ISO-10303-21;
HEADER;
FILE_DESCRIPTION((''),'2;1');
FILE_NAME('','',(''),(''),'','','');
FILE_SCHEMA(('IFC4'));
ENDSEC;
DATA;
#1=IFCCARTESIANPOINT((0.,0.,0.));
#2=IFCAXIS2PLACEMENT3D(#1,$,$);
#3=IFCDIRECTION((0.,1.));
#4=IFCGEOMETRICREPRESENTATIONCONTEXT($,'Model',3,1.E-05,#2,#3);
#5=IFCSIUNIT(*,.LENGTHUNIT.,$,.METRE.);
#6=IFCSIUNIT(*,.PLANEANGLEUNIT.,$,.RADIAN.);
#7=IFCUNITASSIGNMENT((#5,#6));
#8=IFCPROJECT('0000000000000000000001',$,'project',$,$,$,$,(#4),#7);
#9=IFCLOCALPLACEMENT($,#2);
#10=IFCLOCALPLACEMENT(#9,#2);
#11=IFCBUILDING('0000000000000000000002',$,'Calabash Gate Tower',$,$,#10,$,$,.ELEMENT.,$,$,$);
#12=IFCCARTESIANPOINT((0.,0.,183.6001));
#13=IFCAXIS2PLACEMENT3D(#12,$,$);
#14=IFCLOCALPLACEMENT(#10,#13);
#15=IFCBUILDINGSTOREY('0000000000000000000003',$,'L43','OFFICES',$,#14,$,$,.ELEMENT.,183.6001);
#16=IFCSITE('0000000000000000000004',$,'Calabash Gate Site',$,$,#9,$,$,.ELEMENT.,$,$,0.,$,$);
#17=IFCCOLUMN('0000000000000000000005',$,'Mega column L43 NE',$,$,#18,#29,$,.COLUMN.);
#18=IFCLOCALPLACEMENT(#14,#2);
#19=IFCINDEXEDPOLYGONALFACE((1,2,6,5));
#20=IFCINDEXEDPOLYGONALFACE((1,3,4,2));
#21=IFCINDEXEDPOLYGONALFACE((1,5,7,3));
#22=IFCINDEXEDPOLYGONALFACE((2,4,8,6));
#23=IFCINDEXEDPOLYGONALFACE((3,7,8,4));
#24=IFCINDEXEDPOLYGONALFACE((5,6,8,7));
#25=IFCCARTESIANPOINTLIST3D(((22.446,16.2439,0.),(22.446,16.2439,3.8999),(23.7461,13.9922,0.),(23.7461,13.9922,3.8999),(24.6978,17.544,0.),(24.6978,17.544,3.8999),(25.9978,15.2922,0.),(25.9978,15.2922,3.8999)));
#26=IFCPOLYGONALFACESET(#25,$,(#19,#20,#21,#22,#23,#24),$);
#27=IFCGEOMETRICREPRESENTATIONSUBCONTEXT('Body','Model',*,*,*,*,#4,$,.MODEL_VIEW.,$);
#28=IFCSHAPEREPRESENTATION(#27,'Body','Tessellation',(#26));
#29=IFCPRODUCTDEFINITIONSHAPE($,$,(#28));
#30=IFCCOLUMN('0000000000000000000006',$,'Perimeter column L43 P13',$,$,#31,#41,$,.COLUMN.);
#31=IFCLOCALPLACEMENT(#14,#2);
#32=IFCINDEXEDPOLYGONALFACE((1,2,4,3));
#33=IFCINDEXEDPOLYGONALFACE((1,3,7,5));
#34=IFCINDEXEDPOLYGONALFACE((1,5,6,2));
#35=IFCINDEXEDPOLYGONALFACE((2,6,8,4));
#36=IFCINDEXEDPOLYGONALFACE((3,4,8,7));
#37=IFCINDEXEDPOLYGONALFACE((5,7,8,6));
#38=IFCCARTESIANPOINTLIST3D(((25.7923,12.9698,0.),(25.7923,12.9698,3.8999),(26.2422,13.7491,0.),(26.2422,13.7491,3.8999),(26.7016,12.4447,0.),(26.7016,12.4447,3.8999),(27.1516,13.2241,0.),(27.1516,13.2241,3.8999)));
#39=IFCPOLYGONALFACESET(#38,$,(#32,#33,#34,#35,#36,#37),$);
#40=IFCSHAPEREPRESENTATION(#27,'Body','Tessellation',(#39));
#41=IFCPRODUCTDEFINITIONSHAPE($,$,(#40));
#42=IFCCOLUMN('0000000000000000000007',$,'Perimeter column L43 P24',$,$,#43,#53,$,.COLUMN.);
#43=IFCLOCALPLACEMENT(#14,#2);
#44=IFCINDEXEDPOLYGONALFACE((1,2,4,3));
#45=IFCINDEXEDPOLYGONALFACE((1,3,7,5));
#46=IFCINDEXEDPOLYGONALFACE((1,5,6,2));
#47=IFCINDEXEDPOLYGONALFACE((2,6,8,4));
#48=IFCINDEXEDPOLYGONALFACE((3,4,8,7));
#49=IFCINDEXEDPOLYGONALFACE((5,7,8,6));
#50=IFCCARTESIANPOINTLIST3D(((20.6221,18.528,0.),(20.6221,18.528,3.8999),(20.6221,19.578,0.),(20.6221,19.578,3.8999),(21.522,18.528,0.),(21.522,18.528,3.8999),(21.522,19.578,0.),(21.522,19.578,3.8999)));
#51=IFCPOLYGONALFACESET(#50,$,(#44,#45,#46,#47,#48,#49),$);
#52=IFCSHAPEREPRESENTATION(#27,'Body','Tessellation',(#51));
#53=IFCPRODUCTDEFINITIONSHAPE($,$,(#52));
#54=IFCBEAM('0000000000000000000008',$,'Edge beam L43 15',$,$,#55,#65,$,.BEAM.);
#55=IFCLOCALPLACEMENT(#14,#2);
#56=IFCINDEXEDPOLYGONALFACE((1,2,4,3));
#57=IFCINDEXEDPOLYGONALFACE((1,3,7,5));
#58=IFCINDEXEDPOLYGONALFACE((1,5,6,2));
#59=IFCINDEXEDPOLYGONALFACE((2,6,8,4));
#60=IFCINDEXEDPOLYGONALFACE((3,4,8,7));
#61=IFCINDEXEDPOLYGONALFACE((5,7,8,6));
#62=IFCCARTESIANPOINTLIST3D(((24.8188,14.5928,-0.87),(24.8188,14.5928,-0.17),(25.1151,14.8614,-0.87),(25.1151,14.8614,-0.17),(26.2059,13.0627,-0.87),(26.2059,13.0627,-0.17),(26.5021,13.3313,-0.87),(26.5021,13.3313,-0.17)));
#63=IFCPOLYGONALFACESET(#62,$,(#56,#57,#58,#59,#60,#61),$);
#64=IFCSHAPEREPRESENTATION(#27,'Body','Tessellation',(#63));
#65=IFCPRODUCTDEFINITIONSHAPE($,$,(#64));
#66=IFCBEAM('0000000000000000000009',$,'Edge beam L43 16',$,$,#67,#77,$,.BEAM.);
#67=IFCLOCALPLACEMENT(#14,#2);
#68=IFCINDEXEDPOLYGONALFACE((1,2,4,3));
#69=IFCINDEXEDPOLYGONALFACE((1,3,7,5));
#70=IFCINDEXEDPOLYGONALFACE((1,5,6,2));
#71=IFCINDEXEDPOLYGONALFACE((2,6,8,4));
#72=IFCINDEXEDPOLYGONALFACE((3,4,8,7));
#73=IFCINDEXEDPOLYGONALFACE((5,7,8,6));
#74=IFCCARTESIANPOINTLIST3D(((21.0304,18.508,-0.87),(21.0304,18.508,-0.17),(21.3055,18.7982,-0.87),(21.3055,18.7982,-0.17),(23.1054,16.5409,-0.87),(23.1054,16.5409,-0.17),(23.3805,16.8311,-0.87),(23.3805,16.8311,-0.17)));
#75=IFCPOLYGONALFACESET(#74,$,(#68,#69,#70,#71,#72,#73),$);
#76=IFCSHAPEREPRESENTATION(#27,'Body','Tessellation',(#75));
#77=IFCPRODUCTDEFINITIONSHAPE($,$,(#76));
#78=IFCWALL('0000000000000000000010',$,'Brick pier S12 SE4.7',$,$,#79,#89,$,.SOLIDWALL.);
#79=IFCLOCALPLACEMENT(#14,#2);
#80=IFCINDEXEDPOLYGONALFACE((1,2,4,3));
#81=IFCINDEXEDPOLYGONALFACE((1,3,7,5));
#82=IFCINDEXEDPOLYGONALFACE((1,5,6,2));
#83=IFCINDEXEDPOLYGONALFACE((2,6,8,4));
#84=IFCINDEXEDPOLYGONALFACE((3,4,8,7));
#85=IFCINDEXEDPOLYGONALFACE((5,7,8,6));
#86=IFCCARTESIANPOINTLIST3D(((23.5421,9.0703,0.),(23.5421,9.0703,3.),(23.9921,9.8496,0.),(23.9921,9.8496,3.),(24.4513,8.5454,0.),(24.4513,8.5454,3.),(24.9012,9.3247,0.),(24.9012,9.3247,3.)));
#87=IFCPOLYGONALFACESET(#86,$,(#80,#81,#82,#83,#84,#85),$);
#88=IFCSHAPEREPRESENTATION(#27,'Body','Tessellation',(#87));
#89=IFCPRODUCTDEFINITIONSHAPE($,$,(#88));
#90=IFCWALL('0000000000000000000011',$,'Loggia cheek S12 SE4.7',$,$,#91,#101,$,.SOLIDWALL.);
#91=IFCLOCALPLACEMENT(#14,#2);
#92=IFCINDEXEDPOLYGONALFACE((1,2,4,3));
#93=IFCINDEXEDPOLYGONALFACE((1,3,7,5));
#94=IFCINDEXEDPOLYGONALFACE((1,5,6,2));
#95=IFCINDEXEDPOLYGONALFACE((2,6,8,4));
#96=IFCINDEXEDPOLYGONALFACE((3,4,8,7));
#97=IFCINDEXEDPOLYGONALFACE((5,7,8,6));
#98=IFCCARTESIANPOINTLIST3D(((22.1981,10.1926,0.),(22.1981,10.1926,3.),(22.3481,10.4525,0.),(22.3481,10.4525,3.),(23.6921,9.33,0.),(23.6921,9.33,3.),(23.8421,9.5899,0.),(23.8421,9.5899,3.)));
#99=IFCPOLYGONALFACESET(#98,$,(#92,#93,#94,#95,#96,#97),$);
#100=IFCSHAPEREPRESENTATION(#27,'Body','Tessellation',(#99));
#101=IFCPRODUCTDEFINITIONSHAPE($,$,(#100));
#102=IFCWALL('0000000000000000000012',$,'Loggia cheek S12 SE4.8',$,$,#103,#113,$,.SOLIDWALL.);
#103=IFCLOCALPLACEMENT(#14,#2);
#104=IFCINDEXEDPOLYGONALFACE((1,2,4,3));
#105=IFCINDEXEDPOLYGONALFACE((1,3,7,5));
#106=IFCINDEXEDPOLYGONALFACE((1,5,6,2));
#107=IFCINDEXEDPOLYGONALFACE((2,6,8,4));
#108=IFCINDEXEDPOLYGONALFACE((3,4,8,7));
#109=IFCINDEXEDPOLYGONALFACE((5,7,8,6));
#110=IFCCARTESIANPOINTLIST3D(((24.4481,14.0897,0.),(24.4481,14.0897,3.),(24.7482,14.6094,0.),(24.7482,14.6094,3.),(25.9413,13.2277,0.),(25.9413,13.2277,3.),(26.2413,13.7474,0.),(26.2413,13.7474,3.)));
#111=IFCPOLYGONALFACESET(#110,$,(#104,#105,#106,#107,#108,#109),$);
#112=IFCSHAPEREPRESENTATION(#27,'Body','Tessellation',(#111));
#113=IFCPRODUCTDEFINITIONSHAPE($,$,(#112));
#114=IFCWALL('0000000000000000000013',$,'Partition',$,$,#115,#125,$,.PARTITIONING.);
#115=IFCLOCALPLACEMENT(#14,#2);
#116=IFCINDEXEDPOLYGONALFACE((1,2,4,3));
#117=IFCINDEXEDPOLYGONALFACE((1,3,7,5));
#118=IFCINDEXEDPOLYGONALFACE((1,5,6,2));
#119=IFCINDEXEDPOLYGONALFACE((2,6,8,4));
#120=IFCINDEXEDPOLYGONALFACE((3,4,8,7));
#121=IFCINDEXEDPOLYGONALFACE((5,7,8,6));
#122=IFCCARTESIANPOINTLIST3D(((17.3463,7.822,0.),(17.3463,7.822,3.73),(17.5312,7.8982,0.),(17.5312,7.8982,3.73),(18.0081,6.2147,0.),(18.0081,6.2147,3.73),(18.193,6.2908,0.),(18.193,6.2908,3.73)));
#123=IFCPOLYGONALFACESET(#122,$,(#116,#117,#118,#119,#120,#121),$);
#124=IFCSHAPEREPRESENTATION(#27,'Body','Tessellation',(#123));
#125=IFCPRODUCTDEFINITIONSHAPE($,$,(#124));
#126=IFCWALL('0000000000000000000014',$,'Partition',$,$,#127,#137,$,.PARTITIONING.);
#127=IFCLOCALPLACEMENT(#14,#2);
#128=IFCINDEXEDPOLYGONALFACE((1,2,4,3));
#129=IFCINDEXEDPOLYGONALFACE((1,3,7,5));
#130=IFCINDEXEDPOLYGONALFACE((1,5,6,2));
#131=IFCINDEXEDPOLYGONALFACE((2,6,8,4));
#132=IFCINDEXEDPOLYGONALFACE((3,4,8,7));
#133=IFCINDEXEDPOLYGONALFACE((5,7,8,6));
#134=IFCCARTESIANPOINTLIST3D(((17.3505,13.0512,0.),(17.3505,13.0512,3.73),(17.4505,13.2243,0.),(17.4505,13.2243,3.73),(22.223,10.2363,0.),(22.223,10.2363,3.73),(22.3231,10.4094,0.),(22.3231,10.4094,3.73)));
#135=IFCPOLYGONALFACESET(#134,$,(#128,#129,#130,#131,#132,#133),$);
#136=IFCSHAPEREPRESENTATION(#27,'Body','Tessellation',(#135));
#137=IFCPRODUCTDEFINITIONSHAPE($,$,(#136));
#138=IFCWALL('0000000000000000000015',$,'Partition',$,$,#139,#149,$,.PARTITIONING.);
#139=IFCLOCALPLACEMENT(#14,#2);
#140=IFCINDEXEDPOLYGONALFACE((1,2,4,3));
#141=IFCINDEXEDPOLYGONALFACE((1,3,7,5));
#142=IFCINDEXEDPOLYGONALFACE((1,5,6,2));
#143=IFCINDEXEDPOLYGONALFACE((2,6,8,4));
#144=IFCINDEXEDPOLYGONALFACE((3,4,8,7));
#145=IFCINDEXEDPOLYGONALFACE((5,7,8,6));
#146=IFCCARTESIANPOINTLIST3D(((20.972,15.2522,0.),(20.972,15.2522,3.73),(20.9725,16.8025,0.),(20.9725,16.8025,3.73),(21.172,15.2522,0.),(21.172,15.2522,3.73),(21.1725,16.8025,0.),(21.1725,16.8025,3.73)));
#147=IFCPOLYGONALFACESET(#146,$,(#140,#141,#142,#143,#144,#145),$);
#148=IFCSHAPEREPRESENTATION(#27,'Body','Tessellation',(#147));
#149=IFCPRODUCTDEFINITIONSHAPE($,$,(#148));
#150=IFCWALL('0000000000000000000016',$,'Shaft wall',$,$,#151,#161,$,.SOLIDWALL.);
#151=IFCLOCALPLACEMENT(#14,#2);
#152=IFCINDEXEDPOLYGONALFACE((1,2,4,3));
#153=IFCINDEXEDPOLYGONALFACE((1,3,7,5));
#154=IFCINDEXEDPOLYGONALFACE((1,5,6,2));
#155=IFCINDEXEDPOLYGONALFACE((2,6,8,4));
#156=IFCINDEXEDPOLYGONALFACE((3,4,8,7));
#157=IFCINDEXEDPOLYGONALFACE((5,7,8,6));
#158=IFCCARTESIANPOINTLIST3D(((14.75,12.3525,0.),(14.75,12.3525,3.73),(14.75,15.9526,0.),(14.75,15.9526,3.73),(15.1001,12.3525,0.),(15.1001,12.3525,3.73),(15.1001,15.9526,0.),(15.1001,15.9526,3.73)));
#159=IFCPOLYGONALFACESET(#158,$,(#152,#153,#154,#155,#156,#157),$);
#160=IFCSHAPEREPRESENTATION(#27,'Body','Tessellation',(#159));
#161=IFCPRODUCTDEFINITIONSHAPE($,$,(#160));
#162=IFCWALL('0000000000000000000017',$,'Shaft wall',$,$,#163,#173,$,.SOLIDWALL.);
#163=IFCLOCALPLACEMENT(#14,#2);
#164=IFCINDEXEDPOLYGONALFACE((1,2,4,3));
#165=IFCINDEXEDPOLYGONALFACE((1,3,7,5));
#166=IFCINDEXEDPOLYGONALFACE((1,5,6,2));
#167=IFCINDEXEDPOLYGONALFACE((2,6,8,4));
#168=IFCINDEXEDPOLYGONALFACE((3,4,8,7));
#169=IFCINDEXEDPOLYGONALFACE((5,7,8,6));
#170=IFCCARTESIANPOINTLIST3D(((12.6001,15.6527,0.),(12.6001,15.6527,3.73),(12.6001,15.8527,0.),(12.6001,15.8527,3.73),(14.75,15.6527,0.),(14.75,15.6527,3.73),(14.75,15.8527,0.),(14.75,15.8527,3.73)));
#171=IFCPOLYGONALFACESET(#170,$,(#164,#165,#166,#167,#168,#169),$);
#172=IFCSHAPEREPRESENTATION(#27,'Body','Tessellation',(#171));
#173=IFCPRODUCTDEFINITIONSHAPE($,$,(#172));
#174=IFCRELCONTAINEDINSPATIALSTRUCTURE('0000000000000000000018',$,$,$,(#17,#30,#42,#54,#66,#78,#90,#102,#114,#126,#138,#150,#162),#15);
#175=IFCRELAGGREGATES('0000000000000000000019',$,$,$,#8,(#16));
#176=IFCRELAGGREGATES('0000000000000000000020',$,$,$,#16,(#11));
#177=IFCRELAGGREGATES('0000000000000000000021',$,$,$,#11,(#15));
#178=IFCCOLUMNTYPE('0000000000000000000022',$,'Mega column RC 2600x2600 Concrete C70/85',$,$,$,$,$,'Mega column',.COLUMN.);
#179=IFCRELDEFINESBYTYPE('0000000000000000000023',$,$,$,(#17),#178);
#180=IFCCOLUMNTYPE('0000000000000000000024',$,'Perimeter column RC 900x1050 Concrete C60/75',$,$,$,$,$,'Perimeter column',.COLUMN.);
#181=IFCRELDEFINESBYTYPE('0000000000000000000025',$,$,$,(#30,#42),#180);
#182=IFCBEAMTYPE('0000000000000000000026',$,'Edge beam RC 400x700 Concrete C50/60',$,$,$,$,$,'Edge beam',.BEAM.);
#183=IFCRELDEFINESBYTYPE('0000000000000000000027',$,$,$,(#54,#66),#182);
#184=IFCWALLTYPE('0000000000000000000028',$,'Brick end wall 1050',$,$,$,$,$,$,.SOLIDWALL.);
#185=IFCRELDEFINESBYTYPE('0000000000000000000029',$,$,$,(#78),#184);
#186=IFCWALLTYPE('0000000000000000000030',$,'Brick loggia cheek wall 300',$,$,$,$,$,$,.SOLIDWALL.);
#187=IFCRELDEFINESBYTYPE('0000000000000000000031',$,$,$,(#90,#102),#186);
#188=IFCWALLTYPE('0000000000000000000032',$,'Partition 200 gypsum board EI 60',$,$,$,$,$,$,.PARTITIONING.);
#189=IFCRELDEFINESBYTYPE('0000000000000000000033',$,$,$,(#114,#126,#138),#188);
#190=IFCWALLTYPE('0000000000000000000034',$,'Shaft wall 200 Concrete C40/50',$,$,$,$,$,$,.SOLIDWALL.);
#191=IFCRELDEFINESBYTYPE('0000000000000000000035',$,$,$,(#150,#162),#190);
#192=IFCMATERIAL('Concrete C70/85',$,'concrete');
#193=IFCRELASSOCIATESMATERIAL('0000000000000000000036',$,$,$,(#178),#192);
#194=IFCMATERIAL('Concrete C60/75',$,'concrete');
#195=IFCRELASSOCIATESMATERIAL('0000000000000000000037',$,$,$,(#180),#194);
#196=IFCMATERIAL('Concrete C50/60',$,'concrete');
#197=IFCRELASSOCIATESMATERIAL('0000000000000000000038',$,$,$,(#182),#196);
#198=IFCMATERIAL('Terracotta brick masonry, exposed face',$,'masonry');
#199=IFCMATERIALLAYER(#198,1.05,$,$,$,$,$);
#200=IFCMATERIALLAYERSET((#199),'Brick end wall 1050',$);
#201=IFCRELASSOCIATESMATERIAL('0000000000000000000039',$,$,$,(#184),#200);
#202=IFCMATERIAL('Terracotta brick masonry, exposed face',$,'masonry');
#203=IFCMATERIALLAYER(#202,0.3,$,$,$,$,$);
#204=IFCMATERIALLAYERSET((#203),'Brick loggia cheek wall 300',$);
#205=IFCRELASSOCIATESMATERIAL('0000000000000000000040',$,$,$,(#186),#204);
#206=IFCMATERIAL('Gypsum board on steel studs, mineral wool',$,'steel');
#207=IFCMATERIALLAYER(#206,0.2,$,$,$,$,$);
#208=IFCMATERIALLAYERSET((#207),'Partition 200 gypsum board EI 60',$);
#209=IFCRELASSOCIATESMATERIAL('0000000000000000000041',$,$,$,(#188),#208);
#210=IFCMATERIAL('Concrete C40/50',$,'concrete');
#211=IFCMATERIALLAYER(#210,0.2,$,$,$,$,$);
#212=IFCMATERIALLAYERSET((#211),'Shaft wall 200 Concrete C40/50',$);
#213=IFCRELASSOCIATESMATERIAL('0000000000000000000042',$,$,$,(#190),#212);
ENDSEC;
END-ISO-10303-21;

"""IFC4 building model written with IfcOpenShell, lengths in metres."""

from ifc_helpers import new_model, si_unit, direction, frame, frame_2d, origin, origin_2d, place, context, subcontext, project, spatial, rectangle, extrude, material, layer, layer_set, material_profile, profile_set, type_object, element, save


model = new_model("IFC4")

# Units and contexts
model_context = context("Model", 3, precision=1e-05, world=origin(), true_north=direction((0.0, 1.0)))
body_context = subcontext(model_context, "Body", "Model", "MODEL_VIEW")
ifc_project = project(units=[si_unit("LENGTHUNIT", "METRE"), si_unit("PLANEANGLEUNIT", "RADIAN")], contexts=[model_context])

# Site, building, storey
site_placement = place(None, origin())
site = spatial("IfcSite", under=ifc_project, at=site_placement, Name="Calabash Gate Site", CompositionType="ELEMENT", RefElevation=0.0)
building_placement = place(site_placement, origin())
building = spatial("IfcBuilding", under=site, at=building_placement, Name="Calabash Gate Tower", CompositionType="ELEMENT")
storey_placement = place(building_placement, frame((0.0, 0.0, 183.6001)))
storey = spatial("IfcBuildingStorey", under=building, at=storey_placement, Name="L43", Description="OFFICES", CompositionType="ELEMENT", Elevation=183.6001)

# Columns
ifc_material_1 = material(Name="Concrete C70/85", Category="concrete")
ifc_material_profile_1 = material_profile(ifc_material_1, rectangle(XDim=2.6001, YDim=2.6001, at=origin_2d()))
ifc_profile_set_1 = profile_set([ifc_material_profile_1], Name="Concrete C70/85")
column_type_1 = type_object("IfcColumnType", Name="Mega column RC 2600x2600 Concrete C70/85", ElementType="Mega column", PredefinedType="COLUMN", material=ifc_profile_set_1)
column_placement = place(storey_placement, frame((24.2219, 15.7681, 0.0), z_axis=(0.0, 0.0, 1.0), x_axis=(-0.866025, -0.5, 0.0)))
element("IfcColumn", 1, at=column_placement, inside=storey, type_object=column_type_1, Name="Mega column L43 NE", PredefinedType="COLUMN", context=body_context, shape_type="SweptSolid", body=[
    extrude(rectangle(XDim=2.6001, YDim=2.6001, at=origin_2d()), origin(), (0.0, 0.0, 1.0), 3.8999),
])
ifc_material_2 = material(Name="Concrete C60/75", Category="concrete")
ifc_material_profile_2 = material_profile(ifc_material_2, rectangle(XDim=0.8999, YDim=1.05, at=origin_2d()))
ifc_profile_set_2 = profile_set([ifc_material_profile_2], Name="Concrete C60/75")
column_type_2 = type_object("IfcColumnType", Name="Perimeter column RC 900x1050 Concrete C60/75", ElementType="Perimeter column", PredefinedType="COLUMN", material=ifc_profile_set_2)
for number, where, z_axis, x_axis, name in (
    (2, (26.4719, 13.0969, 0.0), (0.0, 0.0, 1.0), (0.5, 0.866025, 0.0), "Perimeter column L43 P13"),
    (3, (21.072, 19.053, 0.0), (0.0, 0.0, 1.0), (-1.0, 0.0, 0.0), "Perimeter column L43 P24"),
):
    element("IfcColumn", number, at=place(storey_placement, frame(where, z_axis=z_axis, x_axis=x_axis)), inside=storey, type_object=column_type_2, Name=name, PredefinedType="COLUMN", context=body_context, shape_type="SweptSolid", body=[
        extrude(rectangle(XDim=0.8999, YDim=1.05, at=origin_2d()), origin(), (0.0, 0.0, 1.0), 3.8999),
    ])

# Beams
ifc_material_3 = material(Name="Concrete C50/60", Category="concrete")
ifc_material_profile_3 = material_profile(ifc_material_3, rectangle(XDim=0.3999, YDim=0.7, at=origin_2d()))
ifc_profile_set_3 = profile_set([ifc_material_profile_3], Name="Concrete C50/60")
beam_type = type_object("IfcBeamType", Name="Edge beam RC 400x700 Concrete C50/60", ElementType="Edge beam", PredefinedType="BEAM", material=ifc_profile_set_3)
beam_1_placement = place(storey_placement, frame((26.354, 13.197, -0.52), z_axis=(-0.671619, 0.740897, 0.0), x_axis=(-0.740897, -0.671619, 0.0)))
element("IfcBeam", 4, at=beam_1_placement, inside=storey, type_object=beam_type, Name="Edge beam L43 15", PredefinedType="BEAM", context=body_context, shape_type="SweptSolid", body=[
    extrude(rectangle(XDim=0.3999, YDim=0.7, at=origin_2d()), origin(), (0.0, 0.0, 1.0), 2.0652),
])
beam_2_placement = place(storey_placement, frame((23.2429, 16.686, -0.52), z_axis=(-0.725726, 0.687984, 0.0), x_axis=(-0.687984, -0.725726, 0.0)))
element("IfcBeam", 5, at=beam_2_placement, inside=storey, type_object=beam_type, Name="Edge beam L43 16", PredefinedType="BEAM", context=body_context, shape_type="SweptSolid", body=[
    extrude(rectangle(XDim=0.3999, YDim=0.7, at=origin_2d()), origin(), (0.0, 0.0, 1.0), 2.8591),
])

# Walls
ifc_material_4 = material(Name="Terracotta brick masonry, exposed face", Category="masonry")
ifc_layer_1 = layer(ifc_material_4, 1.05)
ifc_layer_set_1 = layer_set([ifc_layer_1], Name="Brick end wall 1050")
wall_type_1 = type_object("IfcWallType", Name="Brick end wall 1050", PredefinedType="SOLIDWALL", material=ifc_layer_set_1)
wall_1_placement = place(storey_placement, frame((24.6763, 8.9351, 0.0), z_axis=(0.0, 0.0, 1.0), x_axis=(-0.866031, 0.499991, 0.0)))
element("IfcWall", 6, at=wall_1_placement, inside=storey, type_object=wall_type_1, Name="Brick pier S12 SE4.7", PredefinedType="SOLIDWALL", context=body_context, shape_type="SweptSolid", body=[
    extrude(rectangle(XDim=1.0498, YDim=0.8999, at=frame_2d((0.5249, 0.0))), origin(), (0.0, 0.0, 1.0), 3.0),
])
ifc_material_5 = material(Name="Terracotta brick masonry, exposed face", Category="masonry")
ifc_layer_2 = layer(ifc_material_5, 0.3)
ifc_layer_set_2 = layer_set([ifc_layer_2], Name="Brick loggia cheek wall 300")
wall_type_2 = type_object("IfcWallType", Name="Brick loggia cheek wall 300", PredefinedType="SOLIDWALL", material=ifc_layer_set_2)
wall_2_placement = place(storey_placement, frame((23.7671, 9.46, 0.0), z_axis=(0.0, 0.0, 1.0), x_axis=(-0.866014, 0.500021, 0.0)))
element("IfcWall", 7, at=wall_2_placement, inside=storey, type_object=wall_type_2, Name="Loggia cheek S12 SE4.7", PredefinedType="SOLIDWALL", context=body_context, shape_type="SweptSolid", body=[
    extrude(rectangle(XDim=1.7251, YDim=0.3, at=frame_2d((0.8625, 0.0))), origin(), (0.0, 0.0, 1.0), 3.0),
])
wall_3_placement = place(storey_placement, frame((26.0913, 13.4875, 0.0), z_axis=(0.0, 0.0, 1.0), x_axis=(-0.86603, 0.499992, 0.0)))
element("IfcWall", 8, at=wall_3_placement, inside=storey, type_object=wall_type_2, Name="Loggia cheek S12 SE4.8", PredefinedType="SOLIDWALL", context=body_context, shape_type="SweptSolid", body=[
    extrude(rectangle(XDim=1.7241, YDim=0.6001, at=frame_2d((0.8621, 0.0))), origin(), (0.0, 0.0, 1.0), 3.0),
])
ifc_material_6 = material(Name="Gypsum board on steel studs, mineral wool", Category="steel")
ifc_layer_3 = layer(ifc_material_6, 0.2)
ifc_layer_set_3 = layer_set([ifc_layer_3], Name="Partition 200 gypsum board EI 60")
wall_type_3 = type_object("IfcWallType", Name="Partition 200 gypsum board EI 60", PredefinedType="PARTITIONING", material=ifc_layer_set_3)
wall_4_placement = place(storey_placement, frame((17.4387, 7.8601, 0.0), z_axis=(0.0, 0.0, 1.0), x_axis=(0.380743, -0.924681, 0.0)))
element("IfcWall", 9, at=wall_4_placement, inside=storey, type_object=wall_type_3, Name="Partition", PredefinedType="PARTITIONING", context=body_context, shape_type="SweptSolid", body=[
    extrude(rectangle(XDim=1.7383, YDim=0.2, at=frame_2d((0.8691, 0.0))), origin(), (0.0, 0.0, 1.0), 3.73),
])

# Wall
wall_5_placement = place(storey_placement, frame((17.4006, 13.1377, 0.0), z_axis=(0.0, 0.0, 1.0), x_axis=(0.865889, -0.500236, 0.0)))
element("IfcWall", 10, at=wall_5_placement, inside=storey, type_object=wall_type_3, Name="Partition", PredefinedType="PARTITIONING", context=body_context, shape_type="SweptSolid", body=[
    extrude(rectangle(XDim=5.6272, YDim=0.2, at=frame_2d((2.8135, 0.0))), origin(), (0.0, 0.0, 1.0), 3.73),
])

# Walls
wall_6_placement = place(storey_placement, frame((21.072, 15.2522, 0.0), z_axis=(0.0, 0.0, 1.0), x_axis=(0.000315, 1.0, 0.0)))
element("IfcWall", 11, at=wall_6_placement, inside=storey, type_object=wall_type_3, Name="Partition", PredefinedType="PARTITIONING", context=body_context, shape_type="SweptSolid", body=[
    extrude(rectangle(XDim=1.5503, YDim=0.2, at=frame_2d((0.7751, 0.0))), origin(), (0.0, 0.0, 1.0), 3.73),
])
ifc_material_7 = material(Name="Concrete C40/50", Category="concrete")
ifc_layer_4 = layer(ifc_material_7, 0.2)
ifc_layer_set_4 = layer_set([ifc_layer_4], Name="Shaft wall 200 Concrete C40/50")
wall_type_4 = type_object("IfcWallType", Name="Shaft wall 200 Concrete C40/50", PredefinedType="SOLIDWALL", material=ifc_layer_set_4)
wall_7_placement = place(storey_placement, frame((14.925, 12.3525, 0.0), z_axis=(0.0, 0.0, 1.0), x_axis=(0.0, 1.0, 0.0)))
element("IfcWall", 12, at=wall_7_placement, inside=storey, type_object=wall_type_4, Name="Shaft wall", PredefinedType="SOLIDWALL", context=body_context, shape_type="SweptSolid", body=[
    extrude(rectangle(XDim=3.6001, YDim=0.3501, at=frame_2d((1.8, 0.0))), origin(), (0.0, 0.0, 1.0), 3.73),
])
wall_8_placement = place(storey_placement, frame((12.6001, 15.7527, 0.0), z_axis=(0.0, 0.0, 1.0), x_axis=(1.0, 0.0, 0.0)))
element("IfcWall", 13, at=wall_8_placement, inside=storey, type_object=wall_type_4, Name="Shaft wall", PredefinedType="SOLIDWALL", context=body_context, shape_type="SweptSolid", body=[
    extrude(rectangle(XDim=2.1499, YDim=0.2, at=frame_2d((1.075, 0.0))), origin(), (0.0, 0.0, 1.0), 3.73),
])

save(model, "model.ifc")
